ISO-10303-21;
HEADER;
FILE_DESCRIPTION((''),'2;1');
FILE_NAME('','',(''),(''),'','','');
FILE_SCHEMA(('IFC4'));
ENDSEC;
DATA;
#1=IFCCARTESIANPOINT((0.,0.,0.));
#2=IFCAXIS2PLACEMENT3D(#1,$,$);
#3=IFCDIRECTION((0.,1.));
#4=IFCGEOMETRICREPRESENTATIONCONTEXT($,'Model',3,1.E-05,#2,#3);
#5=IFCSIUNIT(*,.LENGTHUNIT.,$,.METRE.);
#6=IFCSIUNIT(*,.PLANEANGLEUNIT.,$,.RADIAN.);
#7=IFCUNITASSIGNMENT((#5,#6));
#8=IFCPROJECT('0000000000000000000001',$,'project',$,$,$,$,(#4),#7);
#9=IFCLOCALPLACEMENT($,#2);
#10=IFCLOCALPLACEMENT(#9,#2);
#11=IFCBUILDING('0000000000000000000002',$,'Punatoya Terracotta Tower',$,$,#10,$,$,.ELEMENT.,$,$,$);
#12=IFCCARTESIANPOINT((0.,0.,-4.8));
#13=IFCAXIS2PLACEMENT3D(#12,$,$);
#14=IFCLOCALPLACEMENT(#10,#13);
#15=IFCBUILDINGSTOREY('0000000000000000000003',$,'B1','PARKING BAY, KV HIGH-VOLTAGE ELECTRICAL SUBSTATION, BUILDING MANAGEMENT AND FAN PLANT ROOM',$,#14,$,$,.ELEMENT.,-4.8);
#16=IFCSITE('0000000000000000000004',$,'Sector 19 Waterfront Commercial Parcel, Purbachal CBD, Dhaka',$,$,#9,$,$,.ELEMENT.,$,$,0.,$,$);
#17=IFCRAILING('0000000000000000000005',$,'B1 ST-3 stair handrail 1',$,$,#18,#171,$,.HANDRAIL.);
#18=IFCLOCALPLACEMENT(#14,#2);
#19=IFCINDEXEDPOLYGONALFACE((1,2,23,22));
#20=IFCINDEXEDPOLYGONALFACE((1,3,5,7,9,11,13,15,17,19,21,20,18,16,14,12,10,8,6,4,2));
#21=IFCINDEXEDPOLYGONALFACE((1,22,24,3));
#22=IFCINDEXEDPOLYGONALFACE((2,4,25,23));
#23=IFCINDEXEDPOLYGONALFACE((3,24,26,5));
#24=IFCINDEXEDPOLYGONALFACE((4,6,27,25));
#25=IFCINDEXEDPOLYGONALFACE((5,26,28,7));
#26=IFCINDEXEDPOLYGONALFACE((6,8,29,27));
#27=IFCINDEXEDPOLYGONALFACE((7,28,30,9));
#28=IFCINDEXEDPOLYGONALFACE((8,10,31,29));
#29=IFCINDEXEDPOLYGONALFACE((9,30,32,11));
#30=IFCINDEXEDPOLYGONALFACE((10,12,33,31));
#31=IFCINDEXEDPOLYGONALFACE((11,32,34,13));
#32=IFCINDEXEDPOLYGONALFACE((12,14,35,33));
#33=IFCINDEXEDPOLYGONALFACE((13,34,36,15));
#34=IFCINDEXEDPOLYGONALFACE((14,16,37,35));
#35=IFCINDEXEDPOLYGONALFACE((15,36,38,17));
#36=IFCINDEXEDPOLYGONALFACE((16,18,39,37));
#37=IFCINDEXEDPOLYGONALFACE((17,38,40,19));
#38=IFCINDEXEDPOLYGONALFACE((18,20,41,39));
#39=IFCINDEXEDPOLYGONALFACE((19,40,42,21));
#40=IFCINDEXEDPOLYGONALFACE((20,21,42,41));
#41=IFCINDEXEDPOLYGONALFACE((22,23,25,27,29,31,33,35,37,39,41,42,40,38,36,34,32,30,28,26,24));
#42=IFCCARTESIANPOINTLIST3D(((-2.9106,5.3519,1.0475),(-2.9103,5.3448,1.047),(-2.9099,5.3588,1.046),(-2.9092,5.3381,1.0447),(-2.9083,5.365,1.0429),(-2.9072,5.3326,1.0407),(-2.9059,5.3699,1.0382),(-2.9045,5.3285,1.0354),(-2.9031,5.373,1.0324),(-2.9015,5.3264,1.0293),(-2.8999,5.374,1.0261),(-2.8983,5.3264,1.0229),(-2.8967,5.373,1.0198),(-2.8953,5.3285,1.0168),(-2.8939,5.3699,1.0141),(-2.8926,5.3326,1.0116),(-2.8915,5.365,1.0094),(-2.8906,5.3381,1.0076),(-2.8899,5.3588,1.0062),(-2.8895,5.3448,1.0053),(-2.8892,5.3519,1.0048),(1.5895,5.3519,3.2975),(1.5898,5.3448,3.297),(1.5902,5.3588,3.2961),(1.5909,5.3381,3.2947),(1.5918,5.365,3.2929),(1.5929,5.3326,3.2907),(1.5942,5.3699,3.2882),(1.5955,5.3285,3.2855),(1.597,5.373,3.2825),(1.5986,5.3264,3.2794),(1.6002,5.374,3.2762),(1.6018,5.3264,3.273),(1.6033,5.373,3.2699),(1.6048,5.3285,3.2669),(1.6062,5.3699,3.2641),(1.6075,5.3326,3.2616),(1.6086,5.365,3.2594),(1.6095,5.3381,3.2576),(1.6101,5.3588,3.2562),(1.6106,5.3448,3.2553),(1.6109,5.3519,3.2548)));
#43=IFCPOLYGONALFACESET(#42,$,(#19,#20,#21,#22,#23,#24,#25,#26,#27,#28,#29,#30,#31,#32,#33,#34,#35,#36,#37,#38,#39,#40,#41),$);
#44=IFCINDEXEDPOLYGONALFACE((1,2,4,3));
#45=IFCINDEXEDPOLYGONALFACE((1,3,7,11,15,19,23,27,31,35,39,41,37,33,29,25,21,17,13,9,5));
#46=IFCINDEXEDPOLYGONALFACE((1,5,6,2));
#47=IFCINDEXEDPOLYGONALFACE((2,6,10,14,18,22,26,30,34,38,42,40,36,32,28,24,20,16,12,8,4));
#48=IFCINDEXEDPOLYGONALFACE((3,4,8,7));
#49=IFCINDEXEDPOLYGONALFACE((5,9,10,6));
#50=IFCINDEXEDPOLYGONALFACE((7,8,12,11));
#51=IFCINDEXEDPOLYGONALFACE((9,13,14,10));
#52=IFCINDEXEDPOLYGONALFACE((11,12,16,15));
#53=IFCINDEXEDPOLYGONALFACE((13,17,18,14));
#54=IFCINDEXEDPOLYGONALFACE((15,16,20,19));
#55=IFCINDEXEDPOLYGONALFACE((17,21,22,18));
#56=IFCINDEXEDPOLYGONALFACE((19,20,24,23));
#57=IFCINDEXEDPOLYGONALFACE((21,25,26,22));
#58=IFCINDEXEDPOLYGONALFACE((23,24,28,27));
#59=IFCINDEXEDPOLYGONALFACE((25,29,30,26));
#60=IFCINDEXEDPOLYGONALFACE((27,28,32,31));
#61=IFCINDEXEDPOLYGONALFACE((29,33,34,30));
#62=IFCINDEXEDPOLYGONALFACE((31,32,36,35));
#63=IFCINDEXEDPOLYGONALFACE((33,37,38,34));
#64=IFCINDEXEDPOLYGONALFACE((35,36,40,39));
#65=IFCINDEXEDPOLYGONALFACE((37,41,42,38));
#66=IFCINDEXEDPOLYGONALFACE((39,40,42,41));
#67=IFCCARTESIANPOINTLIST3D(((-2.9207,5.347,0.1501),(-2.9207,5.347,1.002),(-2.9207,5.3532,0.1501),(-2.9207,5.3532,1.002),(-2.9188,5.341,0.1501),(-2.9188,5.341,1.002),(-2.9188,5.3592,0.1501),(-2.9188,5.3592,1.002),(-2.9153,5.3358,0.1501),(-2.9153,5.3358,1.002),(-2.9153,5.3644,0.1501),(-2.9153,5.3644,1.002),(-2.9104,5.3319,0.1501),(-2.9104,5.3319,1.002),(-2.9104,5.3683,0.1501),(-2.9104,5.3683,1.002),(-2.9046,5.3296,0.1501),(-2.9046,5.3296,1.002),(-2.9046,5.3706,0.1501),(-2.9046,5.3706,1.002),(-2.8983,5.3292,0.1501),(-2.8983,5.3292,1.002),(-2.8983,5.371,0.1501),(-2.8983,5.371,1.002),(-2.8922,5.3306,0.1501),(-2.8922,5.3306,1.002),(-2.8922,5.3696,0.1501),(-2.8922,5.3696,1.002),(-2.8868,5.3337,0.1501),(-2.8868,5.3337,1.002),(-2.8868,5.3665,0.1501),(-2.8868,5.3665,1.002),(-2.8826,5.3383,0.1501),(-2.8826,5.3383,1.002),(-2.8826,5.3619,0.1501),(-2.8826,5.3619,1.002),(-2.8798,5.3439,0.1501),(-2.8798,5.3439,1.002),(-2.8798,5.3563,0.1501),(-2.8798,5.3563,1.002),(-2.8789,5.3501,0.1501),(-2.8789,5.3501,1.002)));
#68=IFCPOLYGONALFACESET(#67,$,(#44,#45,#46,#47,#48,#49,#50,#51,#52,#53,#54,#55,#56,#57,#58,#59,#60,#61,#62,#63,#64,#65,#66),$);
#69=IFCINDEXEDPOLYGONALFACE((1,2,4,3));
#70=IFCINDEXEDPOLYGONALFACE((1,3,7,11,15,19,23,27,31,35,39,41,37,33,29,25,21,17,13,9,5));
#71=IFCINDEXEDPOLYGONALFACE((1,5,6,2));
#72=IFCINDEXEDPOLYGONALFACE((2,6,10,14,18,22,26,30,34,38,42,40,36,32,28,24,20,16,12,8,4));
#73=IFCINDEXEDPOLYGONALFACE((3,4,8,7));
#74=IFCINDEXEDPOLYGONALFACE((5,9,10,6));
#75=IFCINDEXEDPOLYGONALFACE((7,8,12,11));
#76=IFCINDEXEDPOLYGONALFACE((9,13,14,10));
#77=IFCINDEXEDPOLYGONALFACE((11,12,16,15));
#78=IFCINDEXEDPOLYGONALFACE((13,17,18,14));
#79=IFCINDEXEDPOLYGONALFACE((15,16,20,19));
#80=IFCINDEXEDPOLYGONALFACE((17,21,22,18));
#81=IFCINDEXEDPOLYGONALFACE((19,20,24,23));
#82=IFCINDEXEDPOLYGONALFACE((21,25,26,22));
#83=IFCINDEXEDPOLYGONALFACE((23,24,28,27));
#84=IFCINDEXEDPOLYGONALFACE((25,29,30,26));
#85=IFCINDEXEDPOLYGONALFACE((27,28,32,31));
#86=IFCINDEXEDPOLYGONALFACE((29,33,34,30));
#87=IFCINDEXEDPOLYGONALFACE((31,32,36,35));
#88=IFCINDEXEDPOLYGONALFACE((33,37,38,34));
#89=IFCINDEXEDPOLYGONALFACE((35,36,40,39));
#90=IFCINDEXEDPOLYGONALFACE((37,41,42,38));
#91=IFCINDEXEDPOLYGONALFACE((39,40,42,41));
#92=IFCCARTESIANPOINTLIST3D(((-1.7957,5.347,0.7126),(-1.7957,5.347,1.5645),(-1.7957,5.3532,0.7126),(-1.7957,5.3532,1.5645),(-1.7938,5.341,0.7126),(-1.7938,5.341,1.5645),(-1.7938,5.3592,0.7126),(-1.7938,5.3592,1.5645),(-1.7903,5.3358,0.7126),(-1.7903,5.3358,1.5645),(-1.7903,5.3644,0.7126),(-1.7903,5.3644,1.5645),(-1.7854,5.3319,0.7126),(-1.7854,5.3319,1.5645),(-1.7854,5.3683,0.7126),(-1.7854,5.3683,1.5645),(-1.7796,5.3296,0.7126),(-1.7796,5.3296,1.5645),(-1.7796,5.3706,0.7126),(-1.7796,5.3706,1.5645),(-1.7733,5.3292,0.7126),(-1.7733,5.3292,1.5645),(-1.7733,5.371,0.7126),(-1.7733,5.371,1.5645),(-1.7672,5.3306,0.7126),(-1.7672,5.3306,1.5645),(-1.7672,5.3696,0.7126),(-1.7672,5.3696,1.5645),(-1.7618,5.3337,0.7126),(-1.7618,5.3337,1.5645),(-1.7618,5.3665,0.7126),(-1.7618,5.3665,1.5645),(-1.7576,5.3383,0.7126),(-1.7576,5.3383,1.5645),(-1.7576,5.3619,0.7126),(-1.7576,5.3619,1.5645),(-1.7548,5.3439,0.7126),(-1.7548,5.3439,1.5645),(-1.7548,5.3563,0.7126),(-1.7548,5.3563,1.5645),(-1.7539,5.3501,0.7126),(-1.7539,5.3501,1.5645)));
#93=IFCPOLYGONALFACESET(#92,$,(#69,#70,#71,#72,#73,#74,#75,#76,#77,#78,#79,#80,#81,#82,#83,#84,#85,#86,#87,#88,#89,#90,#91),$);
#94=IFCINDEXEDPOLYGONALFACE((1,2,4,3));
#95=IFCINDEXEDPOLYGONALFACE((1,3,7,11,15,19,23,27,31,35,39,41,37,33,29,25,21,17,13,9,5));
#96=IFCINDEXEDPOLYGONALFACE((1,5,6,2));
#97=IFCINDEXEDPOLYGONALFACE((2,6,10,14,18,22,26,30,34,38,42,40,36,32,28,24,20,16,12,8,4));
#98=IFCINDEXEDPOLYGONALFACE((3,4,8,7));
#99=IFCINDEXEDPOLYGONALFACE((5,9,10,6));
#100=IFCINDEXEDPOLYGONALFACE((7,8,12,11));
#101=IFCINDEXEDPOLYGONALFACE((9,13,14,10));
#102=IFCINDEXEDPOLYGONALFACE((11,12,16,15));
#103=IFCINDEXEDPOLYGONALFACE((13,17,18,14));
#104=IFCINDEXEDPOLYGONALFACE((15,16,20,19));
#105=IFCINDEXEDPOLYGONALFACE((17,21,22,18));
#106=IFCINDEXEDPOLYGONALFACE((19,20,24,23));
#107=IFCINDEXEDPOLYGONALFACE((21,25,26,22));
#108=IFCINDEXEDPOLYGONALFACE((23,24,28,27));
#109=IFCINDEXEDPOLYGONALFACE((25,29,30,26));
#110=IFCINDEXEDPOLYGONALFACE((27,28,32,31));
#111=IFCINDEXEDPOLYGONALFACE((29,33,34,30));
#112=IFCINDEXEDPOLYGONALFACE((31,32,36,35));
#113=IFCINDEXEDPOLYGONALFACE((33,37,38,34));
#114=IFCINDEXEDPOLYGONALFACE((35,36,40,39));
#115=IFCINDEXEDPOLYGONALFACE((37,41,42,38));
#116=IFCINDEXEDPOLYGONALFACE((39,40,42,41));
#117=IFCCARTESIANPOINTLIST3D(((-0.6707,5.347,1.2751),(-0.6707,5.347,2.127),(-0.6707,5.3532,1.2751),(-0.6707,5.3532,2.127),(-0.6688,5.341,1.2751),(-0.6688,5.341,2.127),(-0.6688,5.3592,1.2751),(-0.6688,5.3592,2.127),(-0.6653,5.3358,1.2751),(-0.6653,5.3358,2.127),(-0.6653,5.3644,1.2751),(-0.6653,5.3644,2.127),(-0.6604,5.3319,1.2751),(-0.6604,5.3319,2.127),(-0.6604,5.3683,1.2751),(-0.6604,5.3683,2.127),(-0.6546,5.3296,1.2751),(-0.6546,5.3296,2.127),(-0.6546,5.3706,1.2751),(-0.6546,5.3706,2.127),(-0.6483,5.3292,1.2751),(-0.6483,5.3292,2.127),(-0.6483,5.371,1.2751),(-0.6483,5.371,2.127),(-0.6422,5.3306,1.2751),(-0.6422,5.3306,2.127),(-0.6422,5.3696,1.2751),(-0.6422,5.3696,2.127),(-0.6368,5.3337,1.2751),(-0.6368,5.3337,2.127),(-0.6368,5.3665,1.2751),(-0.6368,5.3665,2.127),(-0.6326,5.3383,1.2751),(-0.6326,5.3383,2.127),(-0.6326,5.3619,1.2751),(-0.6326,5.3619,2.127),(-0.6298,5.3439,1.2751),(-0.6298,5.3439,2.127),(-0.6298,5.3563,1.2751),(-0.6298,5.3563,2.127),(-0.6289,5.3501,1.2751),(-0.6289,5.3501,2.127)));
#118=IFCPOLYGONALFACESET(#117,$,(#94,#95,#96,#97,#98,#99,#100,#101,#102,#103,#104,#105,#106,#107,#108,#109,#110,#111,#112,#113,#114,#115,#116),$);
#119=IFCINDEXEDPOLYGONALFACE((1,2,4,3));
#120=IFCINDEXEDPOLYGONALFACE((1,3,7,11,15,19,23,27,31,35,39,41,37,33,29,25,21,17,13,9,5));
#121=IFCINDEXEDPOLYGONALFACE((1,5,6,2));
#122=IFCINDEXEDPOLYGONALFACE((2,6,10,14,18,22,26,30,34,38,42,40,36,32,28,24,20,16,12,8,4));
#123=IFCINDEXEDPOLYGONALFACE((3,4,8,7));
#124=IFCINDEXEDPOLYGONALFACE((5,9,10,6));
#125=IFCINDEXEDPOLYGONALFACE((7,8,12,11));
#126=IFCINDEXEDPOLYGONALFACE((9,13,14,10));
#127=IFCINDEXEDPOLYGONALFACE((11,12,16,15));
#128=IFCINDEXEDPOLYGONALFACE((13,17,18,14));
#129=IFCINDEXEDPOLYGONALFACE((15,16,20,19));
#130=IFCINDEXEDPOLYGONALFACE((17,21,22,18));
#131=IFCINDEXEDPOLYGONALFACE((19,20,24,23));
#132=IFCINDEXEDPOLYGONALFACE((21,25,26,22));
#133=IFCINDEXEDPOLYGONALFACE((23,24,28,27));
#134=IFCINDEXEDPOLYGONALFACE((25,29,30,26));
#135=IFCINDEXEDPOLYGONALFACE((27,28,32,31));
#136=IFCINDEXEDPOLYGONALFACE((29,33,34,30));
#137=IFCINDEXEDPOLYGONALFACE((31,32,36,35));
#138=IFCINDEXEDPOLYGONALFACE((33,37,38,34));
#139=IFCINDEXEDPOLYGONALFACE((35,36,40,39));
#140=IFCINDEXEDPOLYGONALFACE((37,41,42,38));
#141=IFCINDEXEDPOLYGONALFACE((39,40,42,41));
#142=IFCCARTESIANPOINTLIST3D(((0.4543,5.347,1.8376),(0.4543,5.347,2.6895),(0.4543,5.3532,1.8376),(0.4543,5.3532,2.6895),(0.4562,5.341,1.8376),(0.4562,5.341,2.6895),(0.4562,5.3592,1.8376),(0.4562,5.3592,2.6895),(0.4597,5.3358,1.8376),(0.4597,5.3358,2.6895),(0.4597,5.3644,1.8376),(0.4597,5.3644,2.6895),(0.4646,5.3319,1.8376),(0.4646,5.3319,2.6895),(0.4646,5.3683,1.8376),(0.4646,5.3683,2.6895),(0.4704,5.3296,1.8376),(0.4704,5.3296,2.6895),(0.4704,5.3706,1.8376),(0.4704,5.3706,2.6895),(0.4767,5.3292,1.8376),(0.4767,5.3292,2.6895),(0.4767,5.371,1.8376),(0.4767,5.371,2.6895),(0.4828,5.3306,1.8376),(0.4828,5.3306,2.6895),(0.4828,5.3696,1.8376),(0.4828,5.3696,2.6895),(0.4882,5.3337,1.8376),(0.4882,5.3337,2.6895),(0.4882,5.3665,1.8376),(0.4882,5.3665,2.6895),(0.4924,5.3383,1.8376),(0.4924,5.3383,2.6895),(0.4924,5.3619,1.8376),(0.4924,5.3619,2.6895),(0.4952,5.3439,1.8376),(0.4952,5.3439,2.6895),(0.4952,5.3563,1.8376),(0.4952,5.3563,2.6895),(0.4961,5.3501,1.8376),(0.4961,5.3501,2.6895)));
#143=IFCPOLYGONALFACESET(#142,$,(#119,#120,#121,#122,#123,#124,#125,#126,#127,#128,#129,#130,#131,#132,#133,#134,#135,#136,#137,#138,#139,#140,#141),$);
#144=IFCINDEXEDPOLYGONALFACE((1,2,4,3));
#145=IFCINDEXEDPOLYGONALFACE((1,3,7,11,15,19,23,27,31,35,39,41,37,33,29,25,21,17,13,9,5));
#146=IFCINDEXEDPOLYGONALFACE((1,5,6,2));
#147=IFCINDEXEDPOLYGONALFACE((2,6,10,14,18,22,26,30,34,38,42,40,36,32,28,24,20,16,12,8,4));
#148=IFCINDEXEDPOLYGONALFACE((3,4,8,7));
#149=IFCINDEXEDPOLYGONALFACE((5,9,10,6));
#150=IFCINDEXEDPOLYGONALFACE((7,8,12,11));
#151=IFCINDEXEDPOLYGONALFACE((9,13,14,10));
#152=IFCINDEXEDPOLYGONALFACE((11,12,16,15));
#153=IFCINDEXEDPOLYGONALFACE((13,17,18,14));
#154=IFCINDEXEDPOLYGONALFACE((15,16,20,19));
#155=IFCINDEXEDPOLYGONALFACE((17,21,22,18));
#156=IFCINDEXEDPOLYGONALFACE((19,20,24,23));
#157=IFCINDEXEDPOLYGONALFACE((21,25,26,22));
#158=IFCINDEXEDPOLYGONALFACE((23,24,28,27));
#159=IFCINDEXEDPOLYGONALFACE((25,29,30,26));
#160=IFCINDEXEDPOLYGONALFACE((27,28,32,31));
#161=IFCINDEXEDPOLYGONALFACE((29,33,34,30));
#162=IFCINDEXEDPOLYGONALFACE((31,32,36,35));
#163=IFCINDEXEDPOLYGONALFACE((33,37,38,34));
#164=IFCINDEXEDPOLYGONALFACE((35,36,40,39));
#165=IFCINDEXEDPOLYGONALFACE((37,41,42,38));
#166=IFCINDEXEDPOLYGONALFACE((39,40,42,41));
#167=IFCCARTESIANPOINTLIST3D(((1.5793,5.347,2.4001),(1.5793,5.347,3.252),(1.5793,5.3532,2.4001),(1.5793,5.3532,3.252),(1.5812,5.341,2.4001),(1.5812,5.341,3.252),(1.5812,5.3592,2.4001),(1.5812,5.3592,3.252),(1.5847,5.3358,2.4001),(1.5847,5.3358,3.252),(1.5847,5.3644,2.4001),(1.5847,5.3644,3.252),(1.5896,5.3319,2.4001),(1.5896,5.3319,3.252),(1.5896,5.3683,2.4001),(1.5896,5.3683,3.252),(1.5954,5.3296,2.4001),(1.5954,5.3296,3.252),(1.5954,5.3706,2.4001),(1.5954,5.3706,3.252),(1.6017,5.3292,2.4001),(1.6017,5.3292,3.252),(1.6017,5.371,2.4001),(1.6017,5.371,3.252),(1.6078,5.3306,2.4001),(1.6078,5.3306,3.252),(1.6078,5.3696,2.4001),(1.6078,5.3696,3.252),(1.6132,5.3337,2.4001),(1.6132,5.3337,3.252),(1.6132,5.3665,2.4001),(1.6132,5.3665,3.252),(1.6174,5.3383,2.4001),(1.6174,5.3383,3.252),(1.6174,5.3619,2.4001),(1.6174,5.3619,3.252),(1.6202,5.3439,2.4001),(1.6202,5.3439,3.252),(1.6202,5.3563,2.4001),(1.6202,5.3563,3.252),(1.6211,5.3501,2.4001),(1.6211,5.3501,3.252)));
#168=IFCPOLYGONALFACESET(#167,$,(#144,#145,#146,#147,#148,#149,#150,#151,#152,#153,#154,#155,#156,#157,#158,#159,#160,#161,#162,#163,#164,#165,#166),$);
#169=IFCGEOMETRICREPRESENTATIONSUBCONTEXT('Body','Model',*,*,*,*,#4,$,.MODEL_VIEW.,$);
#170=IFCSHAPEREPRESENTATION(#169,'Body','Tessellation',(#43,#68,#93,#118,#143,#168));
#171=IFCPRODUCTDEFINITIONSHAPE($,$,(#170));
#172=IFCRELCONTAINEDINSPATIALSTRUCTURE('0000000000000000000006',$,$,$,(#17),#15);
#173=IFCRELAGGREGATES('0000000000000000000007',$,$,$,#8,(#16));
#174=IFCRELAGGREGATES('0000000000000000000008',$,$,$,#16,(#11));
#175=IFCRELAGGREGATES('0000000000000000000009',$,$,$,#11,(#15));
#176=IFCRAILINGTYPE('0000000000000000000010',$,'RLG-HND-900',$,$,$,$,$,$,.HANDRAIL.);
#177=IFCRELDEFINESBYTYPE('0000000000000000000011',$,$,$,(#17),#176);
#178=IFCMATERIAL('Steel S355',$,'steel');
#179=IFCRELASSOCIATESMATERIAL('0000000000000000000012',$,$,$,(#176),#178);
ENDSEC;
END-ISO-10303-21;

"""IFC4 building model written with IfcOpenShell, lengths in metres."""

from ifc_helpers import new_model, si_unit, direction, frame, origin, origin_2d, place, context, subcontext, project, spatial, circle, extrude, material, type_object, element, save


model = new_model("IFC4")

# Units and contexts
model_context = context("Model", 3, precision=1e-05, world=origin(), true_north=direction((0.0, 1.0)))
body_context = subcontext(model_context, "Body", "Model", "MODEL_VIEW")
ifc_project = project(units=[si_unit("LENGTHUNIT", "METRE"), si_unit("PLANEANGLEUNIT", "RADIAN")], contexts=[model_context])

# Site, building, storey
site_placement = place(None, origin())
site = spatial("IfcSite", under=ifc_project, at=site_placement, Name="Sector 19 Waterfront Commercial Parcel, Purbachal CBD, Dhaka", CompositionType="ELEMENT", RefElevation=0.0)
building_placement = place(site_placement, origin())
building = spatial("IfcBuilding", under=site, at=building_placement, Name="Punatoya Terracotta Tower", CompositionType="ELEMENT")
storey_placement = place(building_placement, frame((0.0, 0.0, -4.8)))
storey = spatial("IfcBuildingStorey", under=building, at=storey_placement, Name="B1", Description="PARKING BAY, KV HIGH-VOLTAGE ELECTRICAL SUBSTATION, BUILDING MANAGEMENT AND FAN PLANT ROOM", CompositionType="ELEMENT", Elevation=-4.8)

# Shared definitions
ifc_material_1 = material(Name="Steel S355", Category="steel")

# Railing
railing_type_1 = type_object("IfcRailingType", Name="RLG-HND-900", PredefinedType="HANDRAIL", material=ifc_material_1)
railing_1_placement = place(storey_placement, frame((-2.8999, 5.3501, 0.1501)))
element("IfcRailing", 1, at=railing_1_placement, inside=storey, type_object=railing_type_1, Name="B1 ST-3 stair handrail 1", PredefinedType="HANDRAIL", context=body_context, shape_type="SweptSolid", body=[
    extrude(circle(Radius=0.0239, at=origin_2d()), frame((0.0, 0.0, 0.876), z_axis=(0.894427, 0.0, 0.447214), x_axis=(0.0, 1.0, 0.0)), (0.0, 0.0, 1.0), 5.0312),
    extrude(circle(Radius=0.021, at=origin_2d()), origin(), (0.0, 0.0, 1.0), 0.8518),
    extrude(circle(Radius=0.021, at=origin_2d()), frame((1.125, 0.0, 0.5625)), (0.0, 0.0, 1.0), 0.8518),
    extrude(circle(Radius=0.021, at=origin_2d()), frame((2.25, 0.0, 1.125)), (0.0, 0.0, 1.0), 0.8518),
    extrude(circle(Radius=0.021, at=origin_2d()), frame((3.375, 0.0, 1.6875)), (0.0, 0.0, 1.0), 0.8518),
    extrude(circle(Radius=0.021, at=origin_2d()), frame((4.5, 0.0, 2.25)), (0.0, 0.0, 1.0), 0.8518),
])

save(model, "model.ifc")
